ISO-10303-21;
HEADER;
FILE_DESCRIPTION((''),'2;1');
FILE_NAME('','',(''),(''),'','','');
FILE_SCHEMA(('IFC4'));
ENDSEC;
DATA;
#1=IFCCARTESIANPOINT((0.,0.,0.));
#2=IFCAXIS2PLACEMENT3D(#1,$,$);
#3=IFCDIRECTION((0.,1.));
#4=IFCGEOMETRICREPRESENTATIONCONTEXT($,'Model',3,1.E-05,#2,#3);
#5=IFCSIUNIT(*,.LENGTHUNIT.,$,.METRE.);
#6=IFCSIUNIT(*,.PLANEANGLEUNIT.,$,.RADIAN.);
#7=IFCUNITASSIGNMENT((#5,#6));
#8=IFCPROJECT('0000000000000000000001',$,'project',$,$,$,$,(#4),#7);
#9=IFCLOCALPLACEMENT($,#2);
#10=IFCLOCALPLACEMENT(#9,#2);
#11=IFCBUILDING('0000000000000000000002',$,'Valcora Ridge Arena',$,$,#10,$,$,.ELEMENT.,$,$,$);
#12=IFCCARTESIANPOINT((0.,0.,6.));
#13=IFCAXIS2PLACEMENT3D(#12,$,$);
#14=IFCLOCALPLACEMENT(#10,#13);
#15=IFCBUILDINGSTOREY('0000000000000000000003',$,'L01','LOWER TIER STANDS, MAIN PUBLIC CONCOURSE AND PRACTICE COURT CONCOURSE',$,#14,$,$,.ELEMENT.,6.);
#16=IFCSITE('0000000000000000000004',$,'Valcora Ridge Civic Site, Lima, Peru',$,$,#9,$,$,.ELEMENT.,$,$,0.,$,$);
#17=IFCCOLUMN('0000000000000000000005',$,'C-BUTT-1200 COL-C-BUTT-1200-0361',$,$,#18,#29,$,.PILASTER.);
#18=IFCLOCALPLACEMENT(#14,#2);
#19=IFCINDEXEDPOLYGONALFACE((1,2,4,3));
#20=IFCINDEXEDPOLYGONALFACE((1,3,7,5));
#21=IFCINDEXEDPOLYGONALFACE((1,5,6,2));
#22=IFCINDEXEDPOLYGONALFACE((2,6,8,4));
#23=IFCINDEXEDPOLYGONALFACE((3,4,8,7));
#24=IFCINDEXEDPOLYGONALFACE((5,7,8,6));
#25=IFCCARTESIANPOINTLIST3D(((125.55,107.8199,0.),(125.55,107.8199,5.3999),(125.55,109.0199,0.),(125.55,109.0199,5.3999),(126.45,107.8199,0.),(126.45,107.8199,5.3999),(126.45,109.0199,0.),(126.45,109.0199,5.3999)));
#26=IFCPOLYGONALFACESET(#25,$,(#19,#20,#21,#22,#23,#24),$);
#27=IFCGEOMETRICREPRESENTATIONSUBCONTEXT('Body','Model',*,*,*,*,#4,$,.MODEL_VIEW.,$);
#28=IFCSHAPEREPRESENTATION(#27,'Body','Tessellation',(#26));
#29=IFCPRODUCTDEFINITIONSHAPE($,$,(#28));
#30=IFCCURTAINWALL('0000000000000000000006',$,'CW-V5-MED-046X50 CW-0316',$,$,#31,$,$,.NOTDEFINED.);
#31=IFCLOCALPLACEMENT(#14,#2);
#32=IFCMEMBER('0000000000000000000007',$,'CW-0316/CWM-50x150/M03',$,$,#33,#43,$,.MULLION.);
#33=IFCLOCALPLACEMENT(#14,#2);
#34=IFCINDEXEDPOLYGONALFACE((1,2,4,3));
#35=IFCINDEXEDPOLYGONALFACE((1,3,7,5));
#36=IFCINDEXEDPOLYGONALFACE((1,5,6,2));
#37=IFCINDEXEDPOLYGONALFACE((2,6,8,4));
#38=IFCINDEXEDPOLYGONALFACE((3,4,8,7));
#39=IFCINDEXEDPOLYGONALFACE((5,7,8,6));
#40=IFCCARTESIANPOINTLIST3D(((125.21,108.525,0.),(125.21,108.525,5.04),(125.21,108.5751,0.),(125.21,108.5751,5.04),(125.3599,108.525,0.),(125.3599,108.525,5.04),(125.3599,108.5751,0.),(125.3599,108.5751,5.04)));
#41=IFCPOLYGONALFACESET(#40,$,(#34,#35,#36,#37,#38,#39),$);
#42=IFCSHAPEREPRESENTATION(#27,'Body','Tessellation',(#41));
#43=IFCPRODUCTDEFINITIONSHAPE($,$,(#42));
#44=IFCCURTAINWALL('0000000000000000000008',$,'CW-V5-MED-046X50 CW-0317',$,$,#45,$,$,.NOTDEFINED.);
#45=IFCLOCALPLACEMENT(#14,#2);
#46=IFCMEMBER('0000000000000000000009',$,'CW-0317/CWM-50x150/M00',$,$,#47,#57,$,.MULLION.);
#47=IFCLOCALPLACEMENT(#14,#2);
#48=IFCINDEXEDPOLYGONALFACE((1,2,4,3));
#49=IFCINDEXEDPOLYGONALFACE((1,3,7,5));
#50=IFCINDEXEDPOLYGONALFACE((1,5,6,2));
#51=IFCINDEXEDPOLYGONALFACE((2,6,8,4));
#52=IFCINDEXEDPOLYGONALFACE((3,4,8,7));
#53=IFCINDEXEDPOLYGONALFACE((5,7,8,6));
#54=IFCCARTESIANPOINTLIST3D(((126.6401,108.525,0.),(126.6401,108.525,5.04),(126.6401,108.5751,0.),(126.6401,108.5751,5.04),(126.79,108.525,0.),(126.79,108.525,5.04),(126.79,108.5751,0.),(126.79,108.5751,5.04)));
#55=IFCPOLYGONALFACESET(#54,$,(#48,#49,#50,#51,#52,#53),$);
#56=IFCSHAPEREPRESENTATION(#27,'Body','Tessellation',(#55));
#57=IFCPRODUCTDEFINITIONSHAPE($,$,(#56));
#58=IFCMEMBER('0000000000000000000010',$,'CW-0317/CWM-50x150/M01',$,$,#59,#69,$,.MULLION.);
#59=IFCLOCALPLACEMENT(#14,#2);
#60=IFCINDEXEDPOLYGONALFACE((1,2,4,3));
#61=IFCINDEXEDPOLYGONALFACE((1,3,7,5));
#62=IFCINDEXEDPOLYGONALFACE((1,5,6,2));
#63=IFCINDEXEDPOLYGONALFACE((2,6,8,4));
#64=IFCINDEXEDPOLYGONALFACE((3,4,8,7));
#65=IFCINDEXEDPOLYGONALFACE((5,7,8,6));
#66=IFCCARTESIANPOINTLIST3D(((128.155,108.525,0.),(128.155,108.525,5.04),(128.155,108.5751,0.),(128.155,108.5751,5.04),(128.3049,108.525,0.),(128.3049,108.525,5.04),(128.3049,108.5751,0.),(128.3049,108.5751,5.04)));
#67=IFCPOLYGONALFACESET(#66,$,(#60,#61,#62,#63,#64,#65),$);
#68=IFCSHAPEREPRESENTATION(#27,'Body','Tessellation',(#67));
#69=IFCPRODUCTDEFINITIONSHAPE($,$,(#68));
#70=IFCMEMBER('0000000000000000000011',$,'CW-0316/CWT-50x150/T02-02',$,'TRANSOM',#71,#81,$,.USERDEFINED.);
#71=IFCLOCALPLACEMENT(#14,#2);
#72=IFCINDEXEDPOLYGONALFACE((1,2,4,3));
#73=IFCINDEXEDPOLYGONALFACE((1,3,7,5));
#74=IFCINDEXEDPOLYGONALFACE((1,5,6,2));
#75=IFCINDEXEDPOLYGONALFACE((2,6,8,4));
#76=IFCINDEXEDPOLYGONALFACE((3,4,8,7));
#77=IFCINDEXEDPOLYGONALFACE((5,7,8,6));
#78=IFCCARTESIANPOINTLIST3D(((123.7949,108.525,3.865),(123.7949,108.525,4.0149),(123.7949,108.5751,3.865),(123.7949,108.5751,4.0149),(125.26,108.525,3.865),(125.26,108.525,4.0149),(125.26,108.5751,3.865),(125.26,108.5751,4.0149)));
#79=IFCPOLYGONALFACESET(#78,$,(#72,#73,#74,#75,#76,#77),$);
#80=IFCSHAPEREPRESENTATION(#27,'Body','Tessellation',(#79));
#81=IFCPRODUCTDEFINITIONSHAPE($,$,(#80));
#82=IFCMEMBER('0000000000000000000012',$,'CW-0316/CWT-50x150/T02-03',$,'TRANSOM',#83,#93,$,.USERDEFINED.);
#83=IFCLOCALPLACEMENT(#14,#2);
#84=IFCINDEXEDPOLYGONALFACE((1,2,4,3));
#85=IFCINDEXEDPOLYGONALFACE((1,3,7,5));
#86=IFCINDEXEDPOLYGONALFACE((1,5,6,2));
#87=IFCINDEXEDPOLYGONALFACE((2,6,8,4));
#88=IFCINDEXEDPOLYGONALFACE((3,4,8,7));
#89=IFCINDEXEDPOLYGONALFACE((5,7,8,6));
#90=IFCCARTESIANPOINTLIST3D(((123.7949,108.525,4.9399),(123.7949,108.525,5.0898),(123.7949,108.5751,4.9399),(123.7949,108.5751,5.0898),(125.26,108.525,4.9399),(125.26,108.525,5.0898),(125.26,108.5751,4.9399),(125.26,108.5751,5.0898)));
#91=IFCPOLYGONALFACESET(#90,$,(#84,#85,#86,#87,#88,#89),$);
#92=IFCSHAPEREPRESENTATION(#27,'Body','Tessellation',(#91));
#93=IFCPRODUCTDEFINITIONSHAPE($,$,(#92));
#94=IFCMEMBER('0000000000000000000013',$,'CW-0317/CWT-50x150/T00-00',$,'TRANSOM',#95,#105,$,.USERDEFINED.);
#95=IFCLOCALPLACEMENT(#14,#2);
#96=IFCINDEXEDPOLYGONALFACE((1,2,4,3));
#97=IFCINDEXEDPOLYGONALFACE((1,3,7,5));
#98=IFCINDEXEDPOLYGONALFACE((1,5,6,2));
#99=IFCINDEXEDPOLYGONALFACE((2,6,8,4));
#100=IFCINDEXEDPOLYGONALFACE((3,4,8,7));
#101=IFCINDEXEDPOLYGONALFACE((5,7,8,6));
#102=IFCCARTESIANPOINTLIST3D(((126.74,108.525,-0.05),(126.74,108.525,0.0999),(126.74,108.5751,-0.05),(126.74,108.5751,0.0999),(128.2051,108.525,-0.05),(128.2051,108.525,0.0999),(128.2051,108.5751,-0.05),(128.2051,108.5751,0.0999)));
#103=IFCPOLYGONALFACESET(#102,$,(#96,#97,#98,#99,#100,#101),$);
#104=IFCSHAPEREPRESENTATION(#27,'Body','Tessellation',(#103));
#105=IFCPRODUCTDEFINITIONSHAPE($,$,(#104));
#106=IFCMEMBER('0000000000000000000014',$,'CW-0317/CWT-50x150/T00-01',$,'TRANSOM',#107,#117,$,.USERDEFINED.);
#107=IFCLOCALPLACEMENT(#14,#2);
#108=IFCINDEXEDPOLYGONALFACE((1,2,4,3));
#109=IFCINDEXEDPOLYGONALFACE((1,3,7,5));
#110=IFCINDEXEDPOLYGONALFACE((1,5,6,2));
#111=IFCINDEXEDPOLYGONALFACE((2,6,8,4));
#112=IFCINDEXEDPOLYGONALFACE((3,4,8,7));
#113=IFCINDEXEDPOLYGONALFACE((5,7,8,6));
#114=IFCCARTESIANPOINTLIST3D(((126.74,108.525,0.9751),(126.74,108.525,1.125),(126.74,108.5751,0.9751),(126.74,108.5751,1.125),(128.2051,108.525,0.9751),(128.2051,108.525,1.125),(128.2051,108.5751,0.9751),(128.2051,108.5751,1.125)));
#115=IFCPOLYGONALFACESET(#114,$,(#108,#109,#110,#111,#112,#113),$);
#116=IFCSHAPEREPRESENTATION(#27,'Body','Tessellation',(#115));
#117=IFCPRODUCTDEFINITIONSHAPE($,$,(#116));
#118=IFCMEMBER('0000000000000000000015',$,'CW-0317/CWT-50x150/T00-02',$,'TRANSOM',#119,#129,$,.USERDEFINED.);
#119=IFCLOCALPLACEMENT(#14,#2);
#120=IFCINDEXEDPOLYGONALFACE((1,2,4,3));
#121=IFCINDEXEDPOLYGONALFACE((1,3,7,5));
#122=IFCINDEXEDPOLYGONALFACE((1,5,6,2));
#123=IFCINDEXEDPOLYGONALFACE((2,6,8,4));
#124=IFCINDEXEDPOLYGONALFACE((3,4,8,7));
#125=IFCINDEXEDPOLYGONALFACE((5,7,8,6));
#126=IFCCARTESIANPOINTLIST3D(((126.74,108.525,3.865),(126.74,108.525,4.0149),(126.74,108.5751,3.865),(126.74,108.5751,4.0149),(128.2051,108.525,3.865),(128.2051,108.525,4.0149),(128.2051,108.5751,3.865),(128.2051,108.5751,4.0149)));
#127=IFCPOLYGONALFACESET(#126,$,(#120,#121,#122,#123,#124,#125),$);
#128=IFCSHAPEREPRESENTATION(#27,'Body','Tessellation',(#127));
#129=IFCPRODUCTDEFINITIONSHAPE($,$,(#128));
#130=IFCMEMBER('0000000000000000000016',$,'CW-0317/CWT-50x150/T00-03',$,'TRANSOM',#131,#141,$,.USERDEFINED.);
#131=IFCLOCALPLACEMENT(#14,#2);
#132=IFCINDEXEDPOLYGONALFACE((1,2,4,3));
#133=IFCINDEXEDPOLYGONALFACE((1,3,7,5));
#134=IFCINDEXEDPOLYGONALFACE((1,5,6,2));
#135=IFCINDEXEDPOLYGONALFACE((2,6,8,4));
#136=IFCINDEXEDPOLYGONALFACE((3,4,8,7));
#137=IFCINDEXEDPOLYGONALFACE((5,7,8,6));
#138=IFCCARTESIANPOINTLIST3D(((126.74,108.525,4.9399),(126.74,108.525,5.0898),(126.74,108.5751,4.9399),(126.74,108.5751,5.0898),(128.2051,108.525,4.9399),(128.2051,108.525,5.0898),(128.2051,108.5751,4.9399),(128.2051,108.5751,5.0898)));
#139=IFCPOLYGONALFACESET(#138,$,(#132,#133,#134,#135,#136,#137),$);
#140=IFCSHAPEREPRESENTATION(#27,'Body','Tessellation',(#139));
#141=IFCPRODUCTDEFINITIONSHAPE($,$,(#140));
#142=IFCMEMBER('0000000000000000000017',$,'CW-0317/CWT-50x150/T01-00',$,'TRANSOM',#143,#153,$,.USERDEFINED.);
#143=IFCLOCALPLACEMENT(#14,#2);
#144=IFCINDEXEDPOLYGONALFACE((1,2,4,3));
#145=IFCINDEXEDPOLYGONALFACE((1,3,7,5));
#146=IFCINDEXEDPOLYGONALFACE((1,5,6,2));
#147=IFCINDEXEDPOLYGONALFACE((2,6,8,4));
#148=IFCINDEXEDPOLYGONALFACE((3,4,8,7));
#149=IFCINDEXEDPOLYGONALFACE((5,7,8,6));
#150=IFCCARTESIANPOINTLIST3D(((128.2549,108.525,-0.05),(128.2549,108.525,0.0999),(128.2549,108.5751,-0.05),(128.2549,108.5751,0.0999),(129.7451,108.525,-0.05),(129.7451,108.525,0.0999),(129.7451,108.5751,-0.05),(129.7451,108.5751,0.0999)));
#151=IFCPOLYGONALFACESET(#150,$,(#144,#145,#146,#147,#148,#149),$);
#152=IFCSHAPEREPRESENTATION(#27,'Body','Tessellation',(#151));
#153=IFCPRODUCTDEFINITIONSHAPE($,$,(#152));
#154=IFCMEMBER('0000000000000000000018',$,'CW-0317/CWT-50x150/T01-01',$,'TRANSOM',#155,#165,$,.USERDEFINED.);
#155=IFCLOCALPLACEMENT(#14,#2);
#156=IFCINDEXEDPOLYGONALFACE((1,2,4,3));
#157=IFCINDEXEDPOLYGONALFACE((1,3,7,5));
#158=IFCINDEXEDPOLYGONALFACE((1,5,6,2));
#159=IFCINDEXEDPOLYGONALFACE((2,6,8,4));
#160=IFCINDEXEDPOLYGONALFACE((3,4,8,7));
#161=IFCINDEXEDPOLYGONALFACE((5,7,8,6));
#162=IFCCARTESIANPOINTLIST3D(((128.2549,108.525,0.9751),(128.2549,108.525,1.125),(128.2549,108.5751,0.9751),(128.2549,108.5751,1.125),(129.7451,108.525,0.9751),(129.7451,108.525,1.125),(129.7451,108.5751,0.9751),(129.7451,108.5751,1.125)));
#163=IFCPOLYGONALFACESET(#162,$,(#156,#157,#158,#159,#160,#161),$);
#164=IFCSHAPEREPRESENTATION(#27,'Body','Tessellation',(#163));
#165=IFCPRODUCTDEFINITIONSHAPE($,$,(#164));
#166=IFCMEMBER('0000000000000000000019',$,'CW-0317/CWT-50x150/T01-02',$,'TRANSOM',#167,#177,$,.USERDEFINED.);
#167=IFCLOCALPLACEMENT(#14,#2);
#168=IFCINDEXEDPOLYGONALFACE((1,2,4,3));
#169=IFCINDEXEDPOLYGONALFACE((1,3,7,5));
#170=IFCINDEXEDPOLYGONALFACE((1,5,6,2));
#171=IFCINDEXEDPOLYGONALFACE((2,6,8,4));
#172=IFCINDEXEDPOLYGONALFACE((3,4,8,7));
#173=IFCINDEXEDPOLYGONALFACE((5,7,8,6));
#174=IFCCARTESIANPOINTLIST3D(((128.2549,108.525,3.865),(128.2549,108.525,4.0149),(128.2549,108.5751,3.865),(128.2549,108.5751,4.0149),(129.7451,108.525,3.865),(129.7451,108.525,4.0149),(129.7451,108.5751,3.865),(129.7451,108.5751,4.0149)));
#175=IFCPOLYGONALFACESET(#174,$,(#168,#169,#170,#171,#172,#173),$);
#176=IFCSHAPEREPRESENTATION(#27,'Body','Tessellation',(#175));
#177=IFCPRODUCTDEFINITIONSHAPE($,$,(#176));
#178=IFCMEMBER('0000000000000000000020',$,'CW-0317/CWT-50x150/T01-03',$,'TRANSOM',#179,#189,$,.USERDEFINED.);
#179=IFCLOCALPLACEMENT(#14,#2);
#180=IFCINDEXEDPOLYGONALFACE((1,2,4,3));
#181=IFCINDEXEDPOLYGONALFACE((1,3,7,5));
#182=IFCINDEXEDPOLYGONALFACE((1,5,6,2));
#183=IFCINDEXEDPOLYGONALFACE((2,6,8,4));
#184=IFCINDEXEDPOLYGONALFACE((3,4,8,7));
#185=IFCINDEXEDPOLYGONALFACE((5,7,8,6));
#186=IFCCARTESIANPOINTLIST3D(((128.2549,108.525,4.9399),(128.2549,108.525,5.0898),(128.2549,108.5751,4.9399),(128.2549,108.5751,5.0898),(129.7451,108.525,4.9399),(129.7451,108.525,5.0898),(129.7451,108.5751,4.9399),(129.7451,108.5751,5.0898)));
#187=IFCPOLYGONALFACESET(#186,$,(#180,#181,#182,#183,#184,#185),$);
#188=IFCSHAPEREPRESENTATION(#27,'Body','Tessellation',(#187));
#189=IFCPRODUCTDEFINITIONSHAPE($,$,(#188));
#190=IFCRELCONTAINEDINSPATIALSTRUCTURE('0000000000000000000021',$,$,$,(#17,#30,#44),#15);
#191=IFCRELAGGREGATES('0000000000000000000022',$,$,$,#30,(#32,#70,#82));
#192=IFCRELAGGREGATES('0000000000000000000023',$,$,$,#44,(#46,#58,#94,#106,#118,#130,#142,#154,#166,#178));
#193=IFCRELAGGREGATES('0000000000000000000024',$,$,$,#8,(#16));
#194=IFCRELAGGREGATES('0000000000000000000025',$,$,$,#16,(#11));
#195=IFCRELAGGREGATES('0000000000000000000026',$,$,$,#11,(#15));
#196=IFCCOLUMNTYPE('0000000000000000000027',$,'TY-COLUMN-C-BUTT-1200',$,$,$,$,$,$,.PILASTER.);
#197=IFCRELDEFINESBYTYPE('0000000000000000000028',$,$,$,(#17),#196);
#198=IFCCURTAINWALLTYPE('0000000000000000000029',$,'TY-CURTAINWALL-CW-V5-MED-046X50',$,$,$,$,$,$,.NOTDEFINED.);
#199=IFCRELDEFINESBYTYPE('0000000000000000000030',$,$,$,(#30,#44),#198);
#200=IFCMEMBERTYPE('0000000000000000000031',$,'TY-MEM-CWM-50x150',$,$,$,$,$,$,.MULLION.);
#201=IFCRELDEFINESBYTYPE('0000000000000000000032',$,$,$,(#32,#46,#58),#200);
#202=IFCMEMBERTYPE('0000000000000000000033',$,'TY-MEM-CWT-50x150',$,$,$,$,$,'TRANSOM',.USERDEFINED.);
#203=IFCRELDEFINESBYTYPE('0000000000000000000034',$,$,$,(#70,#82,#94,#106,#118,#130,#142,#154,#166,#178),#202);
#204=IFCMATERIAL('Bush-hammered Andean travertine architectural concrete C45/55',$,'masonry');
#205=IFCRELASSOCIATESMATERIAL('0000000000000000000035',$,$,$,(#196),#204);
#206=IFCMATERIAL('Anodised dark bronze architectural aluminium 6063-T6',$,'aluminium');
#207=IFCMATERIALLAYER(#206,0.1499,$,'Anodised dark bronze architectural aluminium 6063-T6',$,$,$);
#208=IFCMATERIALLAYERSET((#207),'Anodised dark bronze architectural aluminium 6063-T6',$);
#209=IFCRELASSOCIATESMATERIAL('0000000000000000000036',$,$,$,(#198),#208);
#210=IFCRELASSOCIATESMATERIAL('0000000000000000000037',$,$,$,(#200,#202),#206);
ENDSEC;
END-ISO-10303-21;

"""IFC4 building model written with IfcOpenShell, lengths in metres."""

from ifc_helpers import new_model, si_unit, direction, frame, origin, origin_2d, place, context, subcontext, project, spatial, rectangle, extrude, material, layer, layer_set, material_profile, profile_set, type_object, element, aggregate, save


model = new_model("IFC4")

# Units and contexts
model_context = context("Model", 3, precision=1e-05, world=origin(), true_north=direction((0.0, 1.0)))
body_context = subcontext(model_context, "Body", "Model", "MODEL_VIEW")
ifc_project = project(units=[si_unit("LENGTHUNIT", "METRE"), si_unit("PLANEANGLEUNIT", "RADIAN")], contexts=[model_context])

# Site, building, storey
site_placement = place(None, origin())
site = spatial("IfcSite", under=ifc_project, at=site_placement, Name="Valcora Ridge Civic Site, Lima, Peru", CompositionType="ELEMENT", RefElevation=0.0)
building_placement = place(site_placement, origin())
building = spatial("IfcBuilding", under=site, at=building_placement, Name="Valcora Ridge Arena", CompositionType="ELEMENT")
storey_placement = place(building_placement, frame((0.0, 0.0, 6.0)))
storey = spatial("IfcBuildingStorey", under=building, at=storey_placement, Name="L01", Description="LOWER TIER STANDS, MAIN PUBLIC CONCOURSE AND PRACTICE COURT CONCOURSE", CompositionType="ELEMENT", Elevation=6.0)

# Column
ifc_material_1 = material(Name="Bush-hammered Andean travertine architectural concrete C45/55", Category="masonry")
ifc_material_profile_1 = material_profile(ifc_material_1, rectangle(XDim=0.8999, YDim=1.2, at=origin_2d()), Name="RC 900x1200")
ifc_profile_set_1 = profile_set([ifc_material_profile_1], Name="Bush-hammered Andean travertine architectural concrete C45/55")
column_type = type_object("IfcColumnType", Name="TY-COLUMN-C-BUTT-1200", PredefinedType="PILASTER", material=ifc_profile_set_1)
column_placement = place(storey_placement, frame((126.0, 108.4199, 0.0), z_axis=(0.0, 0.0, 1.0), x_axis=(1.0, 0.0, 0.0)))
element("IfcColumn", 1, at=column_placement, inside=storey, type_object=column_type, Name="C-BUTT-1200 COL-C-BUTT-1200-0361", PredefinedType="PILASTER", context=body_context, shape_type="SweptSolid", body=[
    extrude(rectangle(XDim=0.8999, YDim=1.2, at=origin_2d()), origin(), (0.0, 0.0, 1.0), 5.3999),
])

# Curtain wall, member
ifc_material_2 = material(Name="Anodised dark bronze architectural aluminium 6063-T6", Category="aluminium")
ifc_layer_1 = layer(ifc_material_2, 0.1499, Name="Anodised dark bronze architectural aluminium 6063-T6")
ifc_layer_set_1 = layer_set([ifc_layer_1], Name="Anodised dark bronze architectural aluminium 6063-T6")
curtain_wall_type = type_object("IfcCurtainWallType", Name="TY-CURTAINWALL-CW-V5-MED-046X50", PredefinedType="NOTDEFINED", material=ifc_layer_set_1)
curtain_wall_1_placement = place(storey_placement, origin())
curtain_wall_1 = element("IfcCurtainWall", 2, at=curtain_wall_1_placement, inside=storey, type_object=curtain_wall_type, Name="CW-V5-MED-046X50 CW-0316", PredefinedType="NOTDEFINED")
ifc_material_profile_2 = material_profile(ifc_material_2, rectangle(XDim=0.05, YDim=0.1499, at=origin_2d()), Name="ALU MULLION 50x150")
ifc_profile_set_2 = profile_set([ifc_material_profile_2], Name="Anodised dark bronze architectural aluminium 6063-T6")
member_type_1 = type_object("IfcMemberType", Name="TY-MEM-CWM-50x150", PredefinedType="MULLION", material=ifc_profile_set_2)
member_1_placement = place(storey_placement, frame((125.2849, 108.55, 0.0), z_axis=(0.0, 0.0, 1.0), x_axis=(0.0, 1.0, 0.0)))
member_1 = element("IfcMember", 3, at=member_1_placement, type_object=member_type_1, Name="CW-0316/CWM-50x150/M03", PredefinedType="MULLION", context=body_context, shape_type="SweptSolid", body=[
    extrude(rectangle(XDim=0.05, YDim=0.1499, at=origin_2d()), origin(), (0.0, 0.0, 1.0), 5.04),
])

# Curtain wall, members
curtain_wall_2_placement = place(storey_placement, origin())
curtain_wall_2 = element("IfcCurtainWall", 4, at=curtain_wall_2_placement, inside=storey, type_object=curtain_wall_type, Name="CW-V5-MED-046X50 CW-0317", PredefinedType="NOTDEFINED")
member_2_placement = place(storey_placement, frame((126.7151, 108.55, 0.0), z_axis=(0.0, 0.0, 1.0), x_axis=(0.0, 1.0, 0.0)))
member_2 = element("IfcMember", 5, at=member_2_placement, type_object=member_type_1, Name="CW-0317/CWM-50x150/M00", PredefinedType="MULLION", context=body_context, shape_type="SweptSolid", body=[
    extrude(rectangle(XDim=0.05, YDim=0.1499, at=origin_2d()), origin(), (0.0, 0.0, 1.0), 5.04),
])
member_3_placement = place(storey_placement, frame((128.23, 108.55, 0.0), z_axis=(0.0, 0.0, 1.0), x_axis=(0.0, 1.0, 0.0)))
member_3 = element("IfcMember", 6, at=member_3_placement, type_object=member_type_1, Name="CW-0317/CWM-50x150/M01", PredefinedType="MULLION", context=body_context, shape_type="SweptSolid", body=[
    extrude(rectangle(XDim=0.05, YDim=0.1499, at=origin_2d()), origin(), (0.0, 0.0, 1.0), 5.04),
])

# Members
ifc_material_profile_3 = material_profile(ifc_material_2, rectangle(XDim=0.05, YDim=0.1499, at=origin_2d()), Name="ALU TRANSOM 50x150")
ifc_profile_set_3 = profile_set([ifc_material_profile_3], Name="Anodised dark bronze architectural aluminium 6063-T6")
member_type_2 = type_object("IfcMemberType", Name="TY-MEM-CWT-50x150", ElementType="TRANSOM", PredefinedType="USERDEFINED", material=ifc_profile_set_3)
member_4_placement = place(storey_placement, frame((123.7949, 108.55, 3.9399), z_axis=(1.0, 0.0, 0.0), x_axis=(0.0, 1.0, 0.0)))
member_4 = element("IfcMember", 7, at=member_4_placement, type_object=member_type_2, Name="CW-0316/CWT-50x150/T02-02", ObjectType="TRANSOM", PredefinedType="USERDEFINED", context=body_context, shape_type="SweptSolid", body=[
    extrude(rectangle(XDim=0.05, YDim=0.1499, at=origin_2d()), origin(), (0.0, 0.0, 1.0), 1.4651),
])
member_5_placement = place(storey_placement, frame((123.7949, 108.55, 5.0149), z_axis=(1.0, 0.0, 0.0), x_axis=(0.0, 1.0, 0.0)))
member_5 = element("IfcMember", 8, at=member_5_placement, type_object=member_type_2, Name="CW-0316/CWT-50x150/T02-03", ObjectType="TRANSOM", PredefinedType="USERDEFINED", context=body_context, shape_type="SweptSolid", body=[
    extrude(rectangle(XDim=0.05, YDim=0.1499, at=origin_2d()), origin(), (0.0, 0.0, 1.0), 1.4651),
])
member_6_placement = place(storey_placement, frame((126.74, 108.55, 0.0249), z_axis=(1.0, 0.0, 0.0), x_axis=(0.0, 1.0, 0.0)))
member_6 = element("IfcMember", 9, at=member_6_placement, type_object=member_type_2, Name="CW-0317/CWT-50x150/T00-00", ObjectType="TRANSOM", PredefinedType="USERDEFINED", context=body_context, shape_type="SweptSolid", body=[
    extrude(rectangle(XDim=0.05, YDim=0.1499, at=origin_2d()), origin(), (0.0, 0.0, 1.0), 1.4651),
])
member_7_placement = place(storey_placement, frame((126.74, 108.55, 1.05), z_axis=(1.0, 0.0, 0.0), x_axis=(0.0, 1.0, 0.0)))
member_7 = element("IfcMember", 10, at=member_7_placement, type_object=member_type_2, Name="CW-0317/CWT-50x150/T00-01", ObjectType="TRANSOM", PredefinedType="USERDEFINED", context=body_context, shape_type="SweptSolid", body=[
    extrude(rectangle(XDim=0.05, YDim=0.1499, at=origin_2d()), origin(), (0.0, 0.0, 1.0), 1.4651),
])
member_8_placement = place(storey_placement, frame((126.74, 108.55, 3.9399), z_axis=(1.0, 0.0, 0.0), x_axis=(0.0, 1.0, 0.0)))
member_8 = element("IfcMember", 11, at=member_8_placement, type_object=member_type_2, Name="CW-0317/CWT-50x150/T00-02", ObjectType="TRANSOM", PredefinedType="USERDEFINED", context=body_context, shape_type="SweptSolid", body=[
    extrude(rectangle(XDim=0.05, YDim=0.1499, at=origin_2d()), origin(), (0.0, 0.0, 1.0), 1.4651),
])
member_9_placement = place(storey_placement, frame((126.74, 108.55, 5.0149), z_axis=(1.0, 0.0, 0.0), x_axis=(0.0, 1.0, 0.0)))
member_9 = element("IfcMember", 12, at=member_9_placement, type_object=member_type_2, Name="CW-0317/CWT-50x150/T00-03", ObjectType="TRANSOM", PredefinedType="USERDEFINED", context=body_context, shape_type="SweptSolid", body=[
    extrude(rectangle(XDim=0.05, YDim=0.1499, at=origin_2d()), origin(), (0.0, 0.0, 1.0), 1.4651),
])
member_10_placement = place(storey_placement, frame((128.2549, 108.55, 0.0249), z_axis=(1.0, 0.0, 0.0), x_axis=(0.0, 1.0, 0.0)))
member_10 = element("IfcMember", 13, at=member_10_placement, type_object=member_type_2, Name="CW-0317/CWT-50x150/T01-00", ObjectType="TRANSOM", PredefinedType="USERDEFINED", context=body_context, shape_type="SweptSolid", body=[
    extrude(rectangle(XDim=0.05, YDim=0.1499, at=origin_2d()), origin(), (0.0, 0.0, 1.0), 1.4902),
])
member_11_placement = place(storey_placement, frame((128.2549, 108.55, 1.05), z_axis=(1.0, 0.0, 0.0), x_axis=(0.0, 1.0, 0.0)))
member_11 = element("IfcMember", 14, at=member_11_placement, type_object=member_type_2, Name="CW-0317/CWT-50x150/T01-01", ObjectType="TRANSOM", PredefinedType="USERDEFINED", context=body_context, shape_type="SweptSolid", body=[
    extrude(rectangle(XDim=0.05, YDim=0.1499, at=origin_2d()), origin(), (0.0, 0.0, 1.0), 1.4902),
])
member_12_placement = place(storey_placement, frame((128.2549, 108.55, 3.9399), z_axis=(1.0, 0.0, 0.0), x_axis=(0.0, 1.0, 0.0)))
member_12 = element("IfcMember", 15, at=member_12_placement, type_object=member_type_2, Name="CW-0317/CWT-50x150/T01-02", ObjectType="TRANSOM", PredefinedType="USERDEFINED", context=body_context, shape_type="SweptSolid", body=[
    extrude(rectangle(XDim=0.05, YDim=0.1499, at=origin_2d()), origin(), (0.0, 0.0, 1.0), 1.4902),
])
member_13_placement = place(storey_placement, frame((128.2549, 108.55, 5.0149), z_axis=(1.0, 0.0, 0.0), x_axis=(0.0, 1.0, 0.0)))
member_13 = element("IfcMember", 16, at=member_13_placement, type_object=member_type_2, Name="CW-0317/CWT-50x150/T01-03", ObjectType="TRANSOM", PredefinedType="USERDEFINED", context=body_context, shape_type="SweptSolid", body=[
    extrude(rectangle(XDim=0.05, YDim=0.1499, at=origin_2d()), origin(), (0.0, 0.0, 1.0), 1.4902),
])

aggregate(curtain_wall_1, [member_1, member_4, member_5])
aggregate(curtain_wall_2, [member_2, member_3, member_6, member_7, member_8, member_9, member_10, member_11, member_12, member_13])

save(model, "model.ifc")
